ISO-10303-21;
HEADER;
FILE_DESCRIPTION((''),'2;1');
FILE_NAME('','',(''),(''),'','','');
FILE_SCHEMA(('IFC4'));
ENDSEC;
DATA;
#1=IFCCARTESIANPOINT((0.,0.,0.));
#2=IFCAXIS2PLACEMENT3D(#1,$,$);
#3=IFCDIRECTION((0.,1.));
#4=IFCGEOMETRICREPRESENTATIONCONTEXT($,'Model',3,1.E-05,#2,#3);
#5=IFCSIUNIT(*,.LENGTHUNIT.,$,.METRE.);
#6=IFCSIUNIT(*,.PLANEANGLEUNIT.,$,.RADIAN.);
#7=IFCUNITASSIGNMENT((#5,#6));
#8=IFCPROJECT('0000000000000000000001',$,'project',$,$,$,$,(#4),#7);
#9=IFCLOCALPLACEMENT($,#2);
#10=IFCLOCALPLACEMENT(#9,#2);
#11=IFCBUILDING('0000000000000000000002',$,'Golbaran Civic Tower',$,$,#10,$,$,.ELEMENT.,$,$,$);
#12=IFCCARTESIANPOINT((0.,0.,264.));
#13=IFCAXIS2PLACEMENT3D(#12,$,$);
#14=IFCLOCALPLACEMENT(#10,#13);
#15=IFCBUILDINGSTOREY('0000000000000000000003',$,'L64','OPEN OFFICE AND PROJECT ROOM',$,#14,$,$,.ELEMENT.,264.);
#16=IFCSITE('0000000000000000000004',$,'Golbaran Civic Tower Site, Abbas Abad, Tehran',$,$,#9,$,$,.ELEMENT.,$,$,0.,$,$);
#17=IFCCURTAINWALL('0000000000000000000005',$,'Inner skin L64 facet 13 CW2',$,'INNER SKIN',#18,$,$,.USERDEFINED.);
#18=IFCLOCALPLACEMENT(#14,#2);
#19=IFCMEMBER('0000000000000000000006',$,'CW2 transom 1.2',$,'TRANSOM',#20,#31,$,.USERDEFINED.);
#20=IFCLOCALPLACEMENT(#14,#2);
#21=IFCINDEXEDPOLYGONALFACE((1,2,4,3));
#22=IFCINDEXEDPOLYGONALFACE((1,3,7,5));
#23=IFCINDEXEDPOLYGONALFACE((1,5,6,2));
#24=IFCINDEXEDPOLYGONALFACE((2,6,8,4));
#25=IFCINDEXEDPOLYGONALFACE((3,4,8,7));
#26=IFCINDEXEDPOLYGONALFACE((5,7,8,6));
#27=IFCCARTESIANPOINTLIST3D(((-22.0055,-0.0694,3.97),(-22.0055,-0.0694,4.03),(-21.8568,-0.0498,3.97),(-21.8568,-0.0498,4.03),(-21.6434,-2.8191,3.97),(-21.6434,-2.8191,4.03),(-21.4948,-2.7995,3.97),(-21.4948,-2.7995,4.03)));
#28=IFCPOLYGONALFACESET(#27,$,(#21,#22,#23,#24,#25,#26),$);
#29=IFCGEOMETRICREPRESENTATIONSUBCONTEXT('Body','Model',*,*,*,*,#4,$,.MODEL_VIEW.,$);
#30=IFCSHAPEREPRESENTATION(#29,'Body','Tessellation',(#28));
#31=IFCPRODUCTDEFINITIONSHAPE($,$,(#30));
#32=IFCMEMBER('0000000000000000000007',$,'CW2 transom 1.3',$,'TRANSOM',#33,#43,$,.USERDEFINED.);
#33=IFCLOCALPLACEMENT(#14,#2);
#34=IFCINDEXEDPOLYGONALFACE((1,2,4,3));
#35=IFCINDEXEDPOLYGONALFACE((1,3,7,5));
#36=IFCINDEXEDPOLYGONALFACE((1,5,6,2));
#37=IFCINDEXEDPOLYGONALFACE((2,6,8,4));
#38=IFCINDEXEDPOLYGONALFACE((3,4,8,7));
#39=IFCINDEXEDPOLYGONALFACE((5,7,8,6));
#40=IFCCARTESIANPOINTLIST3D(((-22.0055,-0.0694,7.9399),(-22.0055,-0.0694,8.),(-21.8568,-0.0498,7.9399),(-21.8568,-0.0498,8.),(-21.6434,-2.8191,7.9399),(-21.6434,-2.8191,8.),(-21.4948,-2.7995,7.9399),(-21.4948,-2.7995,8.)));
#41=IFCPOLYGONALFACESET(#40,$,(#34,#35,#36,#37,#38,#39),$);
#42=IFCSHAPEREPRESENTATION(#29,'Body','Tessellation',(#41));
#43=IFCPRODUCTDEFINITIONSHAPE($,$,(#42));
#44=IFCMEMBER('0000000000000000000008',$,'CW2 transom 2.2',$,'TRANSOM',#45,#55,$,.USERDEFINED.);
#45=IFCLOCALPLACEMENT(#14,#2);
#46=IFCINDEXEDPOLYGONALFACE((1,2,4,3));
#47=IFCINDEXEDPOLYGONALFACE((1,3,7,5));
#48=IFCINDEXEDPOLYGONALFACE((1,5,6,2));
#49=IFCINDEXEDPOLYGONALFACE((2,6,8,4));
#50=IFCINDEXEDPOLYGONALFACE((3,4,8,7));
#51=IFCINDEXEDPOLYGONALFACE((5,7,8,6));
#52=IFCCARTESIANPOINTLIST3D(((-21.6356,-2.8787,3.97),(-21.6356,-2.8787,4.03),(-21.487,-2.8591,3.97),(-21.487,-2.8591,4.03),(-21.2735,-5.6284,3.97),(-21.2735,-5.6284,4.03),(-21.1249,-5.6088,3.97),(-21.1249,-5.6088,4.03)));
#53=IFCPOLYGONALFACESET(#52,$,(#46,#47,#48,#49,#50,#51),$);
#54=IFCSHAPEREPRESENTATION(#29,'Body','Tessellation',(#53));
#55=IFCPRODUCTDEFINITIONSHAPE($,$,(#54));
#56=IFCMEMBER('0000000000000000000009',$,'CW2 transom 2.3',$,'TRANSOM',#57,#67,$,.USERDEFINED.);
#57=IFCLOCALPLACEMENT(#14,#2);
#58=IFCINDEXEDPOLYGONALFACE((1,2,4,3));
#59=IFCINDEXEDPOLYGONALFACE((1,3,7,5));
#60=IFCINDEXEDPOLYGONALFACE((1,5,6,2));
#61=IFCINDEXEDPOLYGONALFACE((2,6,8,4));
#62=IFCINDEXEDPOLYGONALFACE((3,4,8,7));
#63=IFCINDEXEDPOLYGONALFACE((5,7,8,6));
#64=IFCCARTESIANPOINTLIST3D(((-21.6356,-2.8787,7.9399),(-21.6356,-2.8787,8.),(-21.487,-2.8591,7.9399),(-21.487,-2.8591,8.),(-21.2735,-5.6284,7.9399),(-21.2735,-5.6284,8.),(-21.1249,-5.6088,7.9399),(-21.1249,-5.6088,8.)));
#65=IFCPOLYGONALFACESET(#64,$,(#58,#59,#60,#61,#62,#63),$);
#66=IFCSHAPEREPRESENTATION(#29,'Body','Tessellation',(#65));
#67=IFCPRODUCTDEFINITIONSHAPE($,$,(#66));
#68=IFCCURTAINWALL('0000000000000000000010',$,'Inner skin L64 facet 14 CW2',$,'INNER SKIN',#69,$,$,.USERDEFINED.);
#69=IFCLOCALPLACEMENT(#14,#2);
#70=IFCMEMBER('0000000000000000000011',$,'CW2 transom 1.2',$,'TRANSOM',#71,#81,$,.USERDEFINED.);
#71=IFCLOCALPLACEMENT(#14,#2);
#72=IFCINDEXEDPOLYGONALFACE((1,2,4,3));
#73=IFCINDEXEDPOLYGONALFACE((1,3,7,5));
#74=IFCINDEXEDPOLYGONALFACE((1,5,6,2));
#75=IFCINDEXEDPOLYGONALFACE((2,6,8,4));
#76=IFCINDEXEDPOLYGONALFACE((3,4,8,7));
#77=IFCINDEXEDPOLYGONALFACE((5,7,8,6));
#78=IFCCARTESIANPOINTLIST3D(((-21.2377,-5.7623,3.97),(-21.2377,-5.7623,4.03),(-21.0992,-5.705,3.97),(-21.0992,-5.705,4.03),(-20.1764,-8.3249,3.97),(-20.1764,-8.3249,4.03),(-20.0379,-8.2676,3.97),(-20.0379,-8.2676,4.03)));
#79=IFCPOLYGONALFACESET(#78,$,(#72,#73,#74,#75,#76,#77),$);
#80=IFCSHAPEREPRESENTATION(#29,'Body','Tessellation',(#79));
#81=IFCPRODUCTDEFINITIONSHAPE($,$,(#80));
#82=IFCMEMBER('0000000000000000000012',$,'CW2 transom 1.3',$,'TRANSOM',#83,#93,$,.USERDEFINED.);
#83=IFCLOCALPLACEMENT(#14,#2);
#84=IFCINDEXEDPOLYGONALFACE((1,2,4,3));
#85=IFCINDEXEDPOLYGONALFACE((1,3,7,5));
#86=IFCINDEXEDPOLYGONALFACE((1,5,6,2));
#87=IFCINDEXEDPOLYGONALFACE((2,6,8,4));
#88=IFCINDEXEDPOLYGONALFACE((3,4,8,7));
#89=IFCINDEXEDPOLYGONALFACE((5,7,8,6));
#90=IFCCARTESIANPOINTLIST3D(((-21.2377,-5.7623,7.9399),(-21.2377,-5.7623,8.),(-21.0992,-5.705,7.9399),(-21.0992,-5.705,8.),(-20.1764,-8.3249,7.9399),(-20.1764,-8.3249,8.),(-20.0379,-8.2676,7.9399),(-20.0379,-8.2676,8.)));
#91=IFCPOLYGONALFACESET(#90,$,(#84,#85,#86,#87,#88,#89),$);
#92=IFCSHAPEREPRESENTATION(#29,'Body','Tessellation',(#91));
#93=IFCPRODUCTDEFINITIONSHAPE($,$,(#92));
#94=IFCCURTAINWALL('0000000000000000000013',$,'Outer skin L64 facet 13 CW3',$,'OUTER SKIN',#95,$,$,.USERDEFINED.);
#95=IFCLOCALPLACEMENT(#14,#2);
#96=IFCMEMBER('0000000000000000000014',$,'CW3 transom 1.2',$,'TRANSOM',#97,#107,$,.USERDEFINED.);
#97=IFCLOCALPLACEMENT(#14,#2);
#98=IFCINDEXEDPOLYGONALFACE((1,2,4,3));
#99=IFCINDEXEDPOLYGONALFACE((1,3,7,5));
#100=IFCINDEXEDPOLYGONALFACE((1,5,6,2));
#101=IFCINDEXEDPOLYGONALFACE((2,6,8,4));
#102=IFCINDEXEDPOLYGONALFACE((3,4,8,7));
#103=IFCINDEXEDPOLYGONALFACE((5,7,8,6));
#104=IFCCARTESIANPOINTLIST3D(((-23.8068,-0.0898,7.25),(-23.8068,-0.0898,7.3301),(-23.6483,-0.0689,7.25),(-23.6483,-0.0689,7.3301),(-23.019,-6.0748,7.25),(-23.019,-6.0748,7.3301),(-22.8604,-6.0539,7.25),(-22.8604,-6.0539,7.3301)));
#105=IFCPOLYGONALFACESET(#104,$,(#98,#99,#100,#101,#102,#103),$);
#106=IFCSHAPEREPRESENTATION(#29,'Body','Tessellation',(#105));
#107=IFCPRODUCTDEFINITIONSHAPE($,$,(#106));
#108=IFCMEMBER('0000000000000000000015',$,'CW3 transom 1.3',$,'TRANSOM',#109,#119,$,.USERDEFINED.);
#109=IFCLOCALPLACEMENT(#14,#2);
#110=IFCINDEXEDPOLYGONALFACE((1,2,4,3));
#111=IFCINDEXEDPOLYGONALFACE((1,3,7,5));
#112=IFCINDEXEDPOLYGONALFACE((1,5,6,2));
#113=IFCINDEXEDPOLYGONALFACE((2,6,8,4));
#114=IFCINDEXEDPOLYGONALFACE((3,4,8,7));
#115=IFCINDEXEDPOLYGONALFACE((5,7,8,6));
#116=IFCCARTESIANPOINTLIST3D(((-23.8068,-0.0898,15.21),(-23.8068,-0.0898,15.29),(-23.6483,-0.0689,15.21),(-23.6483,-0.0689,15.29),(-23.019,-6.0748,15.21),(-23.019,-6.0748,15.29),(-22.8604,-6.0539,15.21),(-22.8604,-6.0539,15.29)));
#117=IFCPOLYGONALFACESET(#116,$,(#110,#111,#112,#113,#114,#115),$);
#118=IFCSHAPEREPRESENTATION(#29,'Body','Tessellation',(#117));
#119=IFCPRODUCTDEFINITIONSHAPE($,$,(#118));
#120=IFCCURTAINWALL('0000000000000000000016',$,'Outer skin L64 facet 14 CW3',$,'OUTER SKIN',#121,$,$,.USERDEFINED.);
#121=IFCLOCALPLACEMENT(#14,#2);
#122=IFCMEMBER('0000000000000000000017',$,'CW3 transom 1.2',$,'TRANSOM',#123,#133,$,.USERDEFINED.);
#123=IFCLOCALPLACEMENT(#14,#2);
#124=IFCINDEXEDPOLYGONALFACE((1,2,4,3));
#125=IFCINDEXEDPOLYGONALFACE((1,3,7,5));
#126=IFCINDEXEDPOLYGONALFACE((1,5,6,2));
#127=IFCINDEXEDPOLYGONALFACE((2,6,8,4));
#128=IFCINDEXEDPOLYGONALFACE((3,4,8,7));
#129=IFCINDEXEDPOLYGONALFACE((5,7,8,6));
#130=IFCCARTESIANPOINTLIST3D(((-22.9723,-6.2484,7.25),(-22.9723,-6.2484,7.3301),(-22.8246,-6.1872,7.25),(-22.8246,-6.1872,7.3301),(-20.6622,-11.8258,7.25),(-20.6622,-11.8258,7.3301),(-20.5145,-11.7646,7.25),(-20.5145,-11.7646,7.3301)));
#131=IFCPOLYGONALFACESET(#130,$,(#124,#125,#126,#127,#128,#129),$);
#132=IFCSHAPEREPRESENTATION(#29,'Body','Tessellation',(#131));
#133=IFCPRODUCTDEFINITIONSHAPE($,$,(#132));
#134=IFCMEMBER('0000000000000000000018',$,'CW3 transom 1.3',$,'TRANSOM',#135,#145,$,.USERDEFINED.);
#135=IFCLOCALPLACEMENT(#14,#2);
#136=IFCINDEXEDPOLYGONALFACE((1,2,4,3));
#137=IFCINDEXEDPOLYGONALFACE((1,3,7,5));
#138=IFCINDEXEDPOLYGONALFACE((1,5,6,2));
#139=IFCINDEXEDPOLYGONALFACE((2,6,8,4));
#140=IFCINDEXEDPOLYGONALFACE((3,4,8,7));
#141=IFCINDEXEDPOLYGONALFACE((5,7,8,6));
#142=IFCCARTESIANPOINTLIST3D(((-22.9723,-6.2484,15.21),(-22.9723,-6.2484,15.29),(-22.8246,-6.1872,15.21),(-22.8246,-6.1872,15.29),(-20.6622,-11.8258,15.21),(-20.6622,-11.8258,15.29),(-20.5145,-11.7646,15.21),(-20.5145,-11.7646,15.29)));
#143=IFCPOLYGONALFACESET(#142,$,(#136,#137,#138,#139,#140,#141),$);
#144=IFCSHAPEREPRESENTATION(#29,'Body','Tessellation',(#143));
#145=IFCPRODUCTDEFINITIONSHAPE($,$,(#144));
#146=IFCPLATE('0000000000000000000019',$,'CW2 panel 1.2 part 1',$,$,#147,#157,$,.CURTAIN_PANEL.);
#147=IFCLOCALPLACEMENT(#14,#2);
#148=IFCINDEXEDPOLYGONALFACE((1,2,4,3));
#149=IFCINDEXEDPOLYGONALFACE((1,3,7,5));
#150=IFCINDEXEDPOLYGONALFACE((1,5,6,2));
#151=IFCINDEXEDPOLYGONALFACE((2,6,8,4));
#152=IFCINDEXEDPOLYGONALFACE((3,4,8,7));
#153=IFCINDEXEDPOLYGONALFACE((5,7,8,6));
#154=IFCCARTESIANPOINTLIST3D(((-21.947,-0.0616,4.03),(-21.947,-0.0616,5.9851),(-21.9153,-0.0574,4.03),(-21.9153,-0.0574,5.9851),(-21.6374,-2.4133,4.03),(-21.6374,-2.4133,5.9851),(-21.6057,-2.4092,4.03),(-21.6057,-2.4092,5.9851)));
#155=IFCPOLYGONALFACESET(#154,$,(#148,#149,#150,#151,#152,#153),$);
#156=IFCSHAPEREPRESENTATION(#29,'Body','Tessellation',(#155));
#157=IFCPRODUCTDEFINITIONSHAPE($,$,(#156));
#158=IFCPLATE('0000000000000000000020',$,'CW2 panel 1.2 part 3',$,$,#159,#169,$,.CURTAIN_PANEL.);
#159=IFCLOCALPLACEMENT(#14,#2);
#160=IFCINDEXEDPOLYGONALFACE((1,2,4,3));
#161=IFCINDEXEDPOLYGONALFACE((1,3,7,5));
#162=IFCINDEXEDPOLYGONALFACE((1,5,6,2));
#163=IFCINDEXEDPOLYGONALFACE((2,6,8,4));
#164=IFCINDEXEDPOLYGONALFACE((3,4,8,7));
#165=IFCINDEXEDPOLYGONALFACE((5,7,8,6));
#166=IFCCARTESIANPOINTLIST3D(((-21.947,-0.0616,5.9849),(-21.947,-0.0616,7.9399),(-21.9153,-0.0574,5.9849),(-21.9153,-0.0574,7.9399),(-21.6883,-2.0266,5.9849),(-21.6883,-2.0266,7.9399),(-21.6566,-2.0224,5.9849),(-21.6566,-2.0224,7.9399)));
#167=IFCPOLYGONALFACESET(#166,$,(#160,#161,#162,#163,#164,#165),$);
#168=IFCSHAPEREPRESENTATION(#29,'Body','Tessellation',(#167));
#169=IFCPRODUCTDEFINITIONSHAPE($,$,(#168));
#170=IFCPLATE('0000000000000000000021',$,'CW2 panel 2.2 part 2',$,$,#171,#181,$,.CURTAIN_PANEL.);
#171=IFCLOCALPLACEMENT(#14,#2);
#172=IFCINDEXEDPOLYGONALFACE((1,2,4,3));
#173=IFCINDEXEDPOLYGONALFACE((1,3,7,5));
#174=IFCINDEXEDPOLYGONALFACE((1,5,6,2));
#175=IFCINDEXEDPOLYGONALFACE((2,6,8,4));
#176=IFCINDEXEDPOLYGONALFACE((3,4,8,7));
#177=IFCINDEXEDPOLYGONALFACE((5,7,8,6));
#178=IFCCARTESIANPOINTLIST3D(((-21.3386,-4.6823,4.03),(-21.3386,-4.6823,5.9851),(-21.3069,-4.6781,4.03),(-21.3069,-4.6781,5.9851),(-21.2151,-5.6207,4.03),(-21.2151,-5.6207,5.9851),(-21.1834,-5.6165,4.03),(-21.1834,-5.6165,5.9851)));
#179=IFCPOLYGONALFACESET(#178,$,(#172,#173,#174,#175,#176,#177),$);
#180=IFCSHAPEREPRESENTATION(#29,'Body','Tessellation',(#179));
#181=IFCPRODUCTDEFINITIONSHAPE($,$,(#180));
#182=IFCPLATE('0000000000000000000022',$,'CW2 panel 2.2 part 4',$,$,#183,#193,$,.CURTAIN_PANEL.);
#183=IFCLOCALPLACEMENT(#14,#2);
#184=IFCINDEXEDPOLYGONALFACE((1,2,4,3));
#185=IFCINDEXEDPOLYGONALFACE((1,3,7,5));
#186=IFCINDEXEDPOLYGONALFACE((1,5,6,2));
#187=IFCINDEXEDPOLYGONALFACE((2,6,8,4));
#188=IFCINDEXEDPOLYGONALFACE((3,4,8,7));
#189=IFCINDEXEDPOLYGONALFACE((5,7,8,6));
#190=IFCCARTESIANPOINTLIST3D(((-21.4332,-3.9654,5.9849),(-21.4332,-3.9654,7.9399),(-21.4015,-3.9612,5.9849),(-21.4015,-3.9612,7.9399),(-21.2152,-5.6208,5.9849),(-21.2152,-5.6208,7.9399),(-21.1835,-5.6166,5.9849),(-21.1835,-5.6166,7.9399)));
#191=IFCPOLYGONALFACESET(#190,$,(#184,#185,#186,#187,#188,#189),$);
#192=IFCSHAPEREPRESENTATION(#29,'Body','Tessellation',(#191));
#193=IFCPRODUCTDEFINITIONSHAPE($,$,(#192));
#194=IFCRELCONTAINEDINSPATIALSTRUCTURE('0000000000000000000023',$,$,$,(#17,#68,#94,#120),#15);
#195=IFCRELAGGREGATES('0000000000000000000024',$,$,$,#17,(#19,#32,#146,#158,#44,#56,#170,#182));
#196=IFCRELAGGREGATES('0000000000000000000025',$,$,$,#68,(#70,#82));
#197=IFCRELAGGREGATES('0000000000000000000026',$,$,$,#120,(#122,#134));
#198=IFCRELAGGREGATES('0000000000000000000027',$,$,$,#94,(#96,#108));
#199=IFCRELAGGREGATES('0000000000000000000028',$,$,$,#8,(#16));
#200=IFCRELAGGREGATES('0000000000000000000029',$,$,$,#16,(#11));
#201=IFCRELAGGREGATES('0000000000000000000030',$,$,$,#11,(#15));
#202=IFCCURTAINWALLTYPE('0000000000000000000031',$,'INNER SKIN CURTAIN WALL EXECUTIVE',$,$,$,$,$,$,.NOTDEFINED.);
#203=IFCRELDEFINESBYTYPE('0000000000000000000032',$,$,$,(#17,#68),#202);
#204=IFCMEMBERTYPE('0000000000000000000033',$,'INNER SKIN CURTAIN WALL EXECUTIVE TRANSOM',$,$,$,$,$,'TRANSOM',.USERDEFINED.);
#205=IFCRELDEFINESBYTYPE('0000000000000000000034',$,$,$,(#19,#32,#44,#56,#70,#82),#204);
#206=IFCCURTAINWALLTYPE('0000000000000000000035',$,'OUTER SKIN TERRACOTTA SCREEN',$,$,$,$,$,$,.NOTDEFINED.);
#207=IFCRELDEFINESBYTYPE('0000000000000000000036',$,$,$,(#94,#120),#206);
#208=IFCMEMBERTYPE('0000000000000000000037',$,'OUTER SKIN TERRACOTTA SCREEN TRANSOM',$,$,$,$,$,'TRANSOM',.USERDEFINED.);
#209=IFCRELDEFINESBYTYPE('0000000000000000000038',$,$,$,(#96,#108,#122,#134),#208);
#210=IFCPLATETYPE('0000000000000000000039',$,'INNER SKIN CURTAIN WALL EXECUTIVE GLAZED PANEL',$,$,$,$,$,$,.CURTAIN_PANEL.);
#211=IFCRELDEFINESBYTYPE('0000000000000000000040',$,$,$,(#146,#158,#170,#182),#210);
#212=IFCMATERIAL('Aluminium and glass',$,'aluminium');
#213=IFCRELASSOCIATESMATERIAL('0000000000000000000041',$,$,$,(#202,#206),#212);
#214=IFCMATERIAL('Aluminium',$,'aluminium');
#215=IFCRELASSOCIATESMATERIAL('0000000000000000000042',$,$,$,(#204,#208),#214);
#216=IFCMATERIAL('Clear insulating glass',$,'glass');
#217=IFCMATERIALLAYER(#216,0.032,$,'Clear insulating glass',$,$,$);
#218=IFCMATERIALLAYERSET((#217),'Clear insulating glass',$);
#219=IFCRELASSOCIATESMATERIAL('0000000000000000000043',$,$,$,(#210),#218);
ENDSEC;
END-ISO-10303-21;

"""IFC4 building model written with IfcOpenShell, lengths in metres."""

from ifc_helpers import new_model, si_unit, direction, frame, origin, origin_2d, place, context, subcontext, project, spatial, rectangle, extrude, material, layer, layer_set, material_profile, profile_set, type_object, element, aggregate, save


model = new_model("IFC4")

# Units and contexts
model_context = context("Model", 3, precision=1e-05, world=origin(), true_north=direction((0.0, 1.0)))
body_context = subcontext(model_context, "Body", "Model", "MODEL_VIEW")
ifc_project = project(units=[si_unit("LENGTHUNIT", "METRE"), si_unit("PLANEANGLEUNIT", "RADIAN")], contexts=[model_context])

# Site, building, storey
site_placement = place(None, origin())
site = spatial("IfcSite", under=ifc_project, at=site_placement, Name="Golbaran Civic Tower Site, Abbas Abad, Tehran", CompositionType="ELEMENT", RefElevation=0.0)
building_placement = place(site_placement, origin())
building = spatial("IfcBuilding", under=site, at=building_placement, Name="Golbaran Civic Tower", CompositionType="ELEMENT")
storey_placement = place(building_placement, frame((0.0, 0.0, 264.0)))
storey = spatial("IfcBuildingStorey", under=building, at=storey_placement, Name="L64", Description="OPEN OFFICE AND PROJECT ROOM", CompositionType="ELEMENT", Elevation=264.0)

# Curtain walls, members
ifc_material_1 = material(Name="Aluminium and glass", Category="aluminium")
curtain_wall_type_1 = type_object("IfcCurtainWallType", Name="INNER SKIN CURTAIN WALL EXECUTIVE", PredefinedType="NOTDEFINED", material=ifc_material_1)
curtain_wall_1_placement = place(storey_placement, origin())
curtain_wall_1 = element("IfcCurtainWall", 1, at=curtain_wall_1_placement, inside=storey, type_object=curtain_wall_type_1, Name="Inner skin L64 facet 13 CW2", ObjectType="INNER SKIN", PredefinedType="USERDEFINED")
ifc_material_2 = material(Name="Aluminium", Category="aluminium")
ifc_material_profile_1 = material_profile(ifc_material_2, rectangle(XDim=0.1499, YDim=0.0601, at=origin_2d()), Name="INNER SKIN CURTAIN WALL EXECUTIVE TRANSOM")
ifc_profile_set_1 = profile_set([ifc_material_profile_1], Name="Aluminium")
member_type_1 = type_object("IfcMemberType", Name="INNER SKIN CURTAIN WALL EXECUTIVE TRANSOM", ElementType="TRANSOM", PredefinedType="USERDEFINED", material=ifc_profile_set_1)
member_1_placement = place(storey_placement, frame((-21.9312, -0.0596, 4.0), z_axis=(0.130543, -0.991443, 0.0), x_axis=(0.991443, 0.130543, 0.0)))
member_1 = element("IfcMember", 2, at=member_1_placement, type_object=member_type_1, Name="CW2 transom 1.2", ObjectType="TRANSOM", PredefinedType="USERDEFINED", context=body_context, shape_type="SweptSolid", body=[
    extrude(rectangle(XDim=0.1499, YDim=0.0601, at=origin_2d()), origin(), (0.0, 0.0, 1.0), 2.7734),
])
member_2_placement = place(storey_placement, frame((-21.9312, -0.0596, 7.97), z_axis=(0.130543, -0.991443, 0.0), x_axis=(0.991443, 0.130543, 0.0)))
member_2 = element("IfcMember", 3, at=member_2_placement, type_object=member_type_1, Name="CW2 transom 1.3", ObjectType="TRANSOM", PredefinedType="USERDEFINED", context=body_context, shape_type="SweptSolid", body=[
    extrude(rectangle(XDim=0.1499, YDim=0.0601, at=origin_2d()), origin(), (0.0, 0.0, 1.0), 2.7734),
])
member_3_placement = place(storey_placement, frame((-21.5613, -2.8689, 4.0), z_axis=(0.130543, -0.991443, 0.0), x_axis=(0.991443, 0.130543, 0.0)))
member_3 = element("IfcMember", 4, at=member_3_placement, type_object=member_type_1, Name="CW2 transom 2.2", ObjectType="TRANSOM", PredefinedType="USERDEFINED", context=body_context, shape_type="SweptSolid", body=[
    extrude(rectangle(XDim=0.1499, YDim=0.0601, at=origin_2d()), origin(), (0.0, 0.0, 1.0), 2.7734),
])
member_4_placement = place(storey_placement, frame((-21.5613, -2.8689, 7.97), z_axis=(0.130543, -0.991443, 0.0), x_axis=(0.991443, 0.130543, 0.0)))
member_4 = element("IfcMember", 5, at=member_4_placement, type_object=member_type_1, Name="CW2 transom 2.3", ObjectType="TRANSOM", PredefinedType="USERDEFINED", context=body_context, shape_type="SweptSolid", body=[
    extrude(rectangle(XDim=0.1499, YDim=0.0601, at=origin_2d()), origin(), (0.0, 0.0, 1.0), 2.7734),
])
curtain_wall_2_placement = place(storey_placement, origin())
curtain_wall_2 = element("IfcCurtainWall", 6, at=curtain_wall_2_placement, inside=storey, type_object=curtain_wall_type_1, Name="Inner skin L64 facet 14 CW2", ObjectType="INNER SKIN", PredefinedType="USERDEFINED")
member_5_placement = place(storey_placement, frame((-21.1685, -5.7336, 4.0), z_axis=(0.382639, -0.923898, 0.0), x_axis=(0.923898, 0.382639, 0.0)))
member_5 = element("IfcMember", 7, at=member_5_placement, type_object=member_type_1, Name="CW2 transom 1.2", ObjectType="TRANSOM", PredefinedType="USERDEFINED", context=body_context, shape_type="SweptSolid", body=[
    extrude(rectangle(XDim=0.1499, YDim=0.0601, at=origin_2d()), origin(), (0.0, 0.0, 1.0), 2.7737),
])
member_6_placement = place(storey_placement, frame((-21.1685, -5.7336, 7.97), z_axis=(0.382639, -0.923898, 0.0), x_axis=(0.923898, 0.382639, 0.0)))
member_6 = element("IfcMember", 8, at=member_6_placement, type_object=member_type_1, Name="CW2 transom 1.3", ObjectType="TRANSOM", PredefinedType="USERDEFINED", context=body_context, shape_type="SweptSolid", body=[
    extrude(rectangle(XDim=0.1499, YDim=0.0601, at=origin_2d()), origin(), (0.0, 0.0, 1.0), 2.7737),
])
curtain_wall_type_2 = type_object("IfcCurtainWallType", Name="OUTER SKIN TERRACOTTA SCREEN", PredefinedType="NOTDEFINED", material=ifc_material_1)
curtain_wall_3_placement = place(storey_placement, origin())
curtain_wall_3 = element("IfcCurtainWall", 9, at=curtain_wall_3_placement, inside=storey, type_object=curtain_wall_type_2, Name="Outer skin L64 facet 13 CW3", ObjectType="OUTER SKIN", PredefinedType="USERDEFINED")
ifc_material_profile_2 = material_profile(ifc_material_2, rectangle(XDim=0.1599, YDim=0.0801, at=origin_2d()), Name="OUTER SKIN TERRACOTTA SCREEN TRANSOM")
ifc_profile_set_2 = profile_set([ifc_material_profile_2], Name="Aluminium")
member_type_2 = type_object("IfcMemberType", Name="OUTER SKIN TERRACOTTA SCREEN TRANSOM", ElementType="TRANSOM", PredefinedType="USERDEFINED", material=ifc_profile_set_2)
member_7_placement = place(storey_placement, frame((-23.7275, -0.0793, 7.29), z_axis=(0.130508, -0.991447, 0.0), x_axis=(0.991447, 0.130508, 0.0)))
member_7 = element("IfcMember", 10, at=member_7_placement, type_object=member_type_2, Name="CW3 transom 1.2", ObjectType="TRANSOM", PredefinedType="USERDEFINED", context=body_context, shape_type="SweptSolid", body=[
    extrude(rectangle(XDim=0.1599, YDim=0.0801, at=origin_2d()), origin(), (0.0, 0.0, 1.0), 6.0366),
])
member_8_placement = place(storey_placement, frame((-23.7275, -0.0793, 15.25), z_axis=(0.130508, -0.991447, 0.0), x_axis=(0.991447, 0.130508, 0.0)))
member_8 = element("IfcMember", 11, at=member_8_placement, type_object=member_type_2, Name="CW3 transom 1.3", ObjectType="TRANSOM", PredefinedType="USERDEFINED", context=body_context, shape_type="SweptSolid", body=[
    extrude(rectangle(XDim=0.1599, YDim=0.0801, at=origin_2d()), origin(), (0.0, 0.0, 1.0), 6.0366),
])
curtain_wall_4_placement = place(storey_placement, origin())
curtain_wall_4 = element("IfcCurtainWall", 12, at=curtain_wall_4_placement, inside=storey, type_object=curtain_wall_type_2, Name="Outer skin L64 facet 14 CW3", ObjectType="OUTER SKIN", PredefinedType="USERDEFINED")
member_9_placement = place(storey_placement, frame((-22.8984, -6.2178, 7.29), z_axis=(0.382659, -0.92389, 0.0), x_axis=(0.92389, 0.382659, 0.0)))
member_9 = element("IfcMember", 13, at=member_9_placement, type_object=member_type_2, Name="CW3 transom 1.2", ObjectType="TRANSOM", PredefinedType="USERDEFINED", context=body_context, shape_type="SweptSolid", body=[
    extrude(rectangle(XDim=0.1599, YDim=0.0801, at=origin_2d()), origin(), (0.0, 0.0, 1.0), 6.0369),
])
member_10_placement = place(storey_placement, frame((-22.8984, -6.2178, 15.25), z_axis=(0.382659, -0.92389, 0.0), x_axis=(0.92389, 0.382659, 0.0)))
member_10 = element("IfcMember", 14, at=member_10_placement, type_object=member_type_2, Name="CW3 transom 1.3", ObjectType="TRANSOM", PredefinedType="USERDEFINED", context=body_context, shape_type="SweptSolid", body=[
    extrude(rectangle(XDim=0.1599, YDim=0.0801, at=origin_2d()), origin(), (0.0, 0.0, 1.0), 6.0369),
])

# Plates
ifc_material_3 = material(Name="Clear insulating glass", Category="glass")
ifc_layer_1 = layer(ifc_material_3, 0.032, Name="Clear insulating glass")
ifc_layer_set_1 = layer_set([ifc_layer_1], Name="Clear insulating glass")
plate_type_1 = type_object("IfcPlateType", Name="INNER SKIN CURTAIN WALL EXECUTIVE GLAZED PANEL", PredefinedType="CURTAIN_PANEL", material=ifc_layer_set_1)
plate_1_placement = place(storey_placement, frame((-21.7764, -1.2354, 4.03), z_axis=(0.0, 0.0, 1.0), x_axis=(0.130526, -0.991445, 0.0)))
plate_1 = element("IfcPlate", 15, at=plate_1_placement, type_object=plate_type_1, Name="CW2 panel 1.2 part 1", PredefinedType="CURTAIN_PANEL", context=body_context, shape_type="SweptSolid", body=[
    extrude(rectangle(XDim=2.3721, YDim=0.032, at=origin_2d()), origin(), (0.0, 0.0, 1.0), 1.9551),
])
plate_2_placement = place(storey_placement, frame((-21.8018, -1.042, 5.9849), z_axis=(0.0, 0.0, 1.0), x_axis=(0.130526, -0.991445, 0.0)))
plate_2 = element("IfcPlate", 16, at=plate_2_placement, type_object=plate_type_1, Name="CW2 panel 1.2 part 3", PredefinedType="CURTAIN_PANEL", context=body_context, shape_type="SweptSolid", body=[
    extrude(rectangle(XDim=1.9819, YDim=0.032, at=origin_2d()), origin(), (0.0, 0.0, 1.0), 1.9551),
])
plate_3_placement = place(storey_placement, frame((-21.261, -5.1494, 4.03), z_axis=(0.0, 0.0, 1.0), x_axis=(0.130526, -0.991445, 0.0)))
plate_3 = element("IfcPlate", 17, at=plate_3_placement, type_object=plate_type_1, Name="CW2 panel 2.2 part 2", PredefinedType="CURTAIN_PANEL", context=body_context, shape_type="SweptSolid", body=[
    extrude(rectangle(XDim=0.9465, YDim=0.032, at=origin_2d()), origin(), (0.0, 0.0, 1.0), 1.9551),
])
plate_4_placement = place(storey_placement, frame((-21.3083, -4.791, 5.9849), z_axis=(0.0, 0.0, 1.0), x_axis=(0.130526, -0.991445, 0.0)))
plate_4 = element("IfcPlate", 18, at=plate_4_placement, type_object=plate_type_1, Name="CW2 panel 2.2 part 4", PredefinedType="CURTAIN_PANEL", context=body_context, shape_type="SweptSolid", body=[
    extrude(rectangle(XDim=1.6697, YDim=0.032, at=origin_2d()), origin(), (0.0, 0.0, 1.0), 1.9551),
])
aggregate(curtain_wall_1, [member_1, member_2, plate_1, plate_2, member_3, member_4, plate_3, plate_4])
aggregate(curtain_wall_2, [member_5, member_6])
aggregate(curtain_wall_4, [member_9, member_10])
aggregate(curtain_wall_3, [member_7, member_8])

save(model, "model.ifc")
